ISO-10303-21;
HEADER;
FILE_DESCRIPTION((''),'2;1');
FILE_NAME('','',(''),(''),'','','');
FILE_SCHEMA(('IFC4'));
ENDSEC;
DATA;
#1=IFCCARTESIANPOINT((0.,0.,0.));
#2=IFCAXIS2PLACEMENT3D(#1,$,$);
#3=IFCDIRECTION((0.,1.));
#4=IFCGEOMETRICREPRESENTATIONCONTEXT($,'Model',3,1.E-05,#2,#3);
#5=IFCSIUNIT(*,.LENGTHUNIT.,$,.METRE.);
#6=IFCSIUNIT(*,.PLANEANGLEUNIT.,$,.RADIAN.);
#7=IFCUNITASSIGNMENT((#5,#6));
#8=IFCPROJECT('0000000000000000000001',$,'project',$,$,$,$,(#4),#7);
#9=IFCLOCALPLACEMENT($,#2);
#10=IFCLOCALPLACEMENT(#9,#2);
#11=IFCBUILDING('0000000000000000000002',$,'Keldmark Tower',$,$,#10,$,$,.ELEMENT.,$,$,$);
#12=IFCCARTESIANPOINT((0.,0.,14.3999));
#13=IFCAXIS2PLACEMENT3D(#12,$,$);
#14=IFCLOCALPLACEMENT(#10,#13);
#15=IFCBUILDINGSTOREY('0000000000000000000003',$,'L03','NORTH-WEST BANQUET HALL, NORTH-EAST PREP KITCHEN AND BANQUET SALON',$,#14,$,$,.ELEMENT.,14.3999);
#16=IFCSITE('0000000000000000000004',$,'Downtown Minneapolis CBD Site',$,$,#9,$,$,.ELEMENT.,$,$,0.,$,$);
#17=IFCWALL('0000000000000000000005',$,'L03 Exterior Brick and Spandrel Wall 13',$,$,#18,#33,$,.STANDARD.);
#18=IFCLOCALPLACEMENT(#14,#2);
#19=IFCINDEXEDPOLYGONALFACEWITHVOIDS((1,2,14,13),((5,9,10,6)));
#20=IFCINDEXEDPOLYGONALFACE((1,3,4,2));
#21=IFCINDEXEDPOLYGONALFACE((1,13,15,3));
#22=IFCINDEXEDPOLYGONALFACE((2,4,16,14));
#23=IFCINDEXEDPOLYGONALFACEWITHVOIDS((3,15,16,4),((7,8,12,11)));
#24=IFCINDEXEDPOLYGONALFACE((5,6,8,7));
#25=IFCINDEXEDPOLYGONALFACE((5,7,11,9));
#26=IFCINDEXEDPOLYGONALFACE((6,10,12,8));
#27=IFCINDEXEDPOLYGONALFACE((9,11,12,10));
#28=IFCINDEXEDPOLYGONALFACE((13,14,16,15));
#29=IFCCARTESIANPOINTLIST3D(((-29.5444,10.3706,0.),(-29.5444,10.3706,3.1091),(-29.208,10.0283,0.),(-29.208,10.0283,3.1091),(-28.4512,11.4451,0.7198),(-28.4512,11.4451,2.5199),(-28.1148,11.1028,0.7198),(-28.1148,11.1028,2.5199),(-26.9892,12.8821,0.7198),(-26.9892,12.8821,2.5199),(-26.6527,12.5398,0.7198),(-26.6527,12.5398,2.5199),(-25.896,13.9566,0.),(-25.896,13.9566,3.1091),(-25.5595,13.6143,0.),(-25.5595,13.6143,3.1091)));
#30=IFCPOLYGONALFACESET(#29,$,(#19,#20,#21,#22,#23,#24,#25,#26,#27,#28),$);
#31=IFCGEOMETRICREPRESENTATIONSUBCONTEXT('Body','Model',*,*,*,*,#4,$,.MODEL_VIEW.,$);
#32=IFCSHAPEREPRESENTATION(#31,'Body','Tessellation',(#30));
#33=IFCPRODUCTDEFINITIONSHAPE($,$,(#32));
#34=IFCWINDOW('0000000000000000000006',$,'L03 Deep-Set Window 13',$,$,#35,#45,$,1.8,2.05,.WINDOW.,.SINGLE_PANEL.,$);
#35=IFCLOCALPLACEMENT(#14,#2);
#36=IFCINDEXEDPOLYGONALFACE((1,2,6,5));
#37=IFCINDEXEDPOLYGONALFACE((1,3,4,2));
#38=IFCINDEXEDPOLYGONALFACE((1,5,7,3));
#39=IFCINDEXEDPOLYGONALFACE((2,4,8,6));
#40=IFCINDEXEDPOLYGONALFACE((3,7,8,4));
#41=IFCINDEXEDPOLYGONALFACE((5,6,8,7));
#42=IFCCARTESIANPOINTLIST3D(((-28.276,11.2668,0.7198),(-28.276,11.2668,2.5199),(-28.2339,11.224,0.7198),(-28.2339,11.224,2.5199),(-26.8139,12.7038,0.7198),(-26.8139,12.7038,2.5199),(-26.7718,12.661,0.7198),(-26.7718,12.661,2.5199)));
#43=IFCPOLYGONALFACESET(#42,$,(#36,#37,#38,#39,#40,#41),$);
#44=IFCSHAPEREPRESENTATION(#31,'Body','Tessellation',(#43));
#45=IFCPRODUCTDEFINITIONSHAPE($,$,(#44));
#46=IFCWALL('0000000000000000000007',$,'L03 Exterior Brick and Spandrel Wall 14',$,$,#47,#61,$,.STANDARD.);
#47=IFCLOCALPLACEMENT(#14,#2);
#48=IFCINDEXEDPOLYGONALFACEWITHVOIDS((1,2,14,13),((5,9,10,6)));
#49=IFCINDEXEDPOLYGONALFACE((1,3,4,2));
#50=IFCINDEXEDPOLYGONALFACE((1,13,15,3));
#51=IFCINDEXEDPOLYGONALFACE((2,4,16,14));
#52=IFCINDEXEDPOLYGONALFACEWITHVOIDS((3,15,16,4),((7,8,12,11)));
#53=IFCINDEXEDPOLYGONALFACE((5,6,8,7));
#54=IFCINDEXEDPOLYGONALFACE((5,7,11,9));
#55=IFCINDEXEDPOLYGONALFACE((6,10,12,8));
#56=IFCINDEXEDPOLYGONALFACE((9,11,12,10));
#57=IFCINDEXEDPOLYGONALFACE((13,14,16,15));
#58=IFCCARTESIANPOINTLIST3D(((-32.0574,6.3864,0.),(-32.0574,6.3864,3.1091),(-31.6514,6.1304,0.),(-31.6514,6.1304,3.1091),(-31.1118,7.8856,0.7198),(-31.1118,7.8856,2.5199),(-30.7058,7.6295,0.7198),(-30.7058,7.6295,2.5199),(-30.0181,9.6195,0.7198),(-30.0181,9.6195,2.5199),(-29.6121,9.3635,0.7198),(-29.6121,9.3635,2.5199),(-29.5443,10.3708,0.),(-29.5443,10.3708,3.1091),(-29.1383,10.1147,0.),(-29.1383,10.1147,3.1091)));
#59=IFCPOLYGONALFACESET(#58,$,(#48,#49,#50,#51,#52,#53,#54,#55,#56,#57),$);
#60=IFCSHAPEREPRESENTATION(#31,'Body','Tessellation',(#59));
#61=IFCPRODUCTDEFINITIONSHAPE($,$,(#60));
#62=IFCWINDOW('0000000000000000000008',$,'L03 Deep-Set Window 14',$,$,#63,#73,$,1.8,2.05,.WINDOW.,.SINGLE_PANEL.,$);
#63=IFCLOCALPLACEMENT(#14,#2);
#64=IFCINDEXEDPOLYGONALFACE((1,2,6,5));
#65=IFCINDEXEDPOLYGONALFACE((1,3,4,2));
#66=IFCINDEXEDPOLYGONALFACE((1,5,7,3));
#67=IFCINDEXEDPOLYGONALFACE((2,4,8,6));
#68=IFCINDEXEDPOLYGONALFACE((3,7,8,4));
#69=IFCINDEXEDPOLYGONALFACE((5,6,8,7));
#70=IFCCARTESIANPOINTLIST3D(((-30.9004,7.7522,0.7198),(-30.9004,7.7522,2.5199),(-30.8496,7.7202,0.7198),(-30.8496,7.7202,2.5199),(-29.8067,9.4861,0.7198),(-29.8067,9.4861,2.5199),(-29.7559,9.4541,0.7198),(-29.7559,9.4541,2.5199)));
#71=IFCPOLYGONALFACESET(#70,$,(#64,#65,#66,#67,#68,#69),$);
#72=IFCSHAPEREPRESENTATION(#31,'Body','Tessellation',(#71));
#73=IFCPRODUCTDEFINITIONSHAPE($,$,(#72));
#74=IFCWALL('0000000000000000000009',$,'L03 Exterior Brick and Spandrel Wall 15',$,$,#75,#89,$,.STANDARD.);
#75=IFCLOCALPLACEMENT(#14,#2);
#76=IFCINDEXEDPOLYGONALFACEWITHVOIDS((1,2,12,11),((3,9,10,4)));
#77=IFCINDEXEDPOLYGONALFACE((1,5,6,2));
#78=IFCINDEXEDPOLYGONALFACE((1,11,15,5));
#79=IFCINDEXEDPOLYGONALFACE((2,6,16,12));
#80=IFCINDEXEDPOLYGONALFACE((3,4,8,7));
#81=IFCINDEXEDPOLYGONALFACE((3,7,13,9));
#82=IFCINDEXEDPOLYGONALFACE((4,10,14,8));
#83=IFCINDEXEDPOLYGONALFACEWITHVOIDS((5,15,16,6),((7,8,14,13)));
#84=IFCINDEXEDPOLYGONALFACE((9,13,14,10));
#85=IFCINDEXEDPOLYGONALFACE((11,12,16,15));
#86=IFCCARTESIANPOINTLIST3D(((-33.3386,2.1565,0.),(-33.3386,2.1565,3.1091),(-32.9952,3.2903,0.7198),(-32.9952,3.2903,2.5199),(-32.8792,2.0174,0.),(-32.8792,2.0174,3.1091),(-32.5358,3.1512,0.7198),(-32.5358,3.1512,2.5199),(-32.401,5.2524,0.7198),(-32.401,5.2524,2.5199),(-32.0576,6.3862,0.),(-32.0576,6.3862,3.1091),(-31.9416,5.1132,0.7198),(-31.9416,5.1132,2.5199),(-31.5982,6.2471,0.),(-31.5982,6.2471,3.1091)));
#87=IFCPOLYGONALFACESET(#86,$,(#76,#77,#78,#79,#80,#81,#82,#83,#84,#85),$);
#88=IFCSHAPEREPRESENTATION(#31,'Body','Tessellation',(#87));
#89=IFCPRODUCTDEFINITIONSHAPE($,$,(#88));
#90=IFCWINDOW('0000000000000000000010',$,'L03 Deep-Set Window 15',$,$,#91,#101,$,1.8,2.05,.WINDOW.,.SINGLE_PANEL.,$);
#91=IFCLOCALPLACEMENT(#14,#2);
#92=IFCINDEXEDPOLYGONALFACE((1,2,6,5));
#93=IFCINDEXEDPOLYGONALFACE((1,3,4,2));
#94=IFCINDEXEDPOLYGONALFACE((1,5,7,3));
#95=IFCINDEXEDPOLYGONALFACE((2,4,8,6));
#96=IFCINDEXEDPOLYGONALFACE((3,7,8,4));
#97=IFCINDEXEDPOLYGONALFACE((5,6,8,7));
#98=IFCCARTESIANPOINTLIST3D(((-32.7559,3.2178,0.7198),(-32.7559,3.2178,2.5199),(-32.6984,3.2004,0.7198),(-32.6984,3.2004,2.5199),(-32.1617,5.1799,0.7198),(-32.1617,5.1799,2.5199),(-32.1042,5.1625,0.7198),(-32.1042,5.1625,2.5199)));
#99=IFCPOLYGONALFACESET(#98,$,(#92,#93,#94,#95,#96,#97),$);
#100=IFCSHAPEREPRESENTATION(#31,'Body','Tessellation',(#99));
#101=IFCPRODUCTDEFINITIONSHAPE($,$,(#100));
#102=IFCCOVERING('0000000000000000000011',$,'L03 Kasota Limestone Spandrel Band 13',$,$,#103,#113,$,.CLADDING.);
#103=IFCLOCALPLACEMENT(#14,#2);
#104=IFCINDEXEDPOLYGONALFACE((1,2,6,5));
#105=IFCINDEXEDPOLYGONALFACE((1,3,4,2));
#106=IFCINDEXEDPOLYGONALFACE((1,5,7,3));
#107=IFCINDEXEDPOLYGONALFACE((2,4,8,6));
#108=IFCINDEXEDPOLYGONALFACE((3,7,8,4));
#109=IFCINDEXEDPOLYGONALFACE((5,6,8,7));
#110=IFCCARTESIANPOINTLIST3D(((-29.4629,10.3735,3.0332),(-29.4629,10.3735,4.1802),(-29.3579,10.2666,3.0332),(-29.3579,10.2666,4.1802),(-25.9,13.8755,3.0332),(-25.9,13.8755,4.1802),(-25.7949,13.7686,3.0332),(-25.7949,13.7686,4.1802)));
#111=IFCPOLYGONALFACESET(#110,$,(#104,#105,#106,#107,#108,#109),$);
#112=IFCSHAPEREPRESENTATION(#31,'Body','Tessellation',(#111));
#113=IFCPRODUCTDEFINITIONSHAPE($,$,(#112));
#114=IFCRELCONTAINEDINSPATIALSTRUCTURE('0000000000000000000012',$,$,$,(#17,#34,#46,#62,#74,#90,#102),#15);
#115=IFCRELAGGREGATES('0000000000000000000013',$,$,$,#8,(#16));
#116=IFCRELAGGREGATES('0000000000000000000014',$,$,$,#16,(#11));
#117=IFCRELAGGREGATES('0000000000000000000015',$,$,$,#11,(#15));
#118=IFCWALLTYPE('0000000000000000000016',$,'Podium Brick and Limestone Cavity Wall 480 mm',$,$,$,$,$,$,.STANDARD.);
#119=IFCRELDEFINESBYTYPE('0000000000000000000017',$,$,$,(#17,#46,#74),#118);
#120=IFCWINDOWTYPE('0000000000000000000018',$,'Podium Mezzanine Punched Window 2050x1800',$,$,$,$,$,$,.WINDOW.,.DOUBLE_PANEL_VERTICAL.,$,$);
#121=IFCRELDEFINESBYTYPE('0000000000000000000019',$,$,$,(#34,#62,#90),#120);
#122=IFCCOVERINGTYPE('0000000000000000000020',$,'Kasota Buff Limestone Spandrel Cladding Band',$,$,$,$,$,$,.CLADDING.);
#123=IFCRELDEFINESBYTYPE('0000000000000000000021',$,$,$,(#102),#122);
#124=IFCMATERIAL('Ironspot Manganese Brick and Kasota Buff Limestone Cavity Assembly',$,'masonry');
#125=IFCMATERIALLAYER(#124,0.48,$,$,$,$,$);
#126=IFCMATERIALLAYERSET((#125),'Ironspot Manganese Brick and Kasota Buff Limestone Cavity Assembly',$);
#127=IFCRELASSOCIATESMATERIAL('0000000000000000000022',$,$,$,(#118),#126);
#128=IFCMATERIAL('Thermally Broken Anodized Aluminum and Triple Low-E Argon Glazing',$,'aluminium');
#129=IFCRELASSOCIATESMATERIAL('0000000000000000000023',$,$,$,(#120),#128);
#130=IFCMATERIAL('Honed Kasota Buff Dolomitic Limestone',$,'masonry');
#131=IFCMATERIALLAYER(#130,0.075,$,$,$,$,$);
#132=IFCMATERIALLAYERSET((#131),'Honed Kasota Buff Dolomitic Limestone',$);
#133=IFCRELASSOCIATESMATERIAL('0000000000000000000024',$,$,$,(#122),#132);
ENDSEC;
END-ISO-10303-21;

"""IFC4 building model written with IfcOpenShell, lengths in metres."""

from ifc_helpers import new_model, si_unit, direction, frame, frame_2d, origin, origin_2d, place, context, subcontext, project, spatial, rectangle, extrude, material, layer, layer_set, type_object, element, fill, save


model = new_model("IFC4")

# Units and contexts
model_context = context("Model", 3, precision=1e-05, world=origin(), true_north=direction((0.0, 1.0)))
body_context = subcontext(model_context, "Body", "Model", "MODEL_VIEW")
ifc_project = project(units=[si_unit("LENGTHUNIT", "METRE"), si_unit("PLANEANGLEUNIT", "RADIAN")], contexts=[model_context])

# Site, building, storey
site_placement = place(None, origin())
site = spatial("IfcSite", under=ifc_project, at=site_placement, Name="Downtown Minneapolis CBD Site", CompositionType="ELEMENT", RefElevation=0.0)
building_placement = place(site_placement, origin())
building = spatial("IfcBuilding", under=site, at=building_placement, Name="Keldmark Tower", CompositionType="ELEMENT")
storey_placement = place(building_placement, frame((0.0, 0.0, 14.3999)))
storey = spatial("IfcBuildingStorey", under=building, at=storey_placement, Name="L03", Description="NORTH-WEST BANQUET HALL, NORTH-EAST PREP KITCHEN AND BANQUET SALON", CompositionType="ELEMENT", Elevation=14.3999)

# Walls, openings, windows
ifc_material_1 = material(Name="Ironspot Manganese Brick and Kasota Buff Limestone Cavity Assembly", Category="masonry")
ifc_layer_1 = layer(ifc_material_1, 0.48)
ifc_layer_set_1 = layer_set([ifc_layer_1], Name="Ironspot Manganese Brick and Kasota Buff Limestone Cavity Assembly")
wall_type_1 = type_object("IfcWallType", Name="Podium Brick and Limestone Cavity Wall 480 mm", PredefinedType="STANDARD", material=ifc_layer_set_1)
ifc_material_2 = material(Name="Thermally Broken Anodized Aluminum and Triple Low-E Argon Glazing", Category="aluminium")
window_type = type_object("IfcWindowType", Name="Podium Mezzanine Punched Window 2050x1800", PartitioningType="DOUBLE_PANEL_VERTICAL", PredefinedType="WINDOW", material=ifc_material_2)
wall_1_placement = place(storey_placement, frame((-29.3762, 10.1995, 0.0), z_axis=(0.0, 0.0, 1.0), x_axis=(0.713189, 0.700972, 0.0)))
wall_1 = element("IfcWall", 1, at=wall_1_placement, inside=storey, type_object=wall_type_1, Name="L03 Exterior Brick and Spandrel Wall 13", PredefinedType="STANDARD", context=body_context, shape_type="SweptSolid", body=[
    extrude(rectangle(XDim=5.1157, YDim=0.48, at=frame_2d((2.5579, 0.0))), origin(), (0.0, 0.0, 1.0), 3.1091),
])
opening_1_placement = place(wall_1_placement, frame((1.533, 0.0, 0.72)))
opening_1 = element("IfcOpeningElement", 2, at=opening_1_placement, cuts=wall_1, PredefinedType="OPENING", context=body_context, shape_type="SweptSolid", body=[
    extrude(rectangle(XDim=2.05, YDim=1.8, at=frame_2d((1.0249, 0.8999))), frame((0.0, 0.25, 0.0), z_axis=(0.0, -1.0, 0.0), x_axis=(1.0, 0.0, 0.0)), (0.0, 0.0, 1.0), 0.5),
])
window_1_placement = place(opening_1_placement, origin())
window_1 = element("IfcWindow", 3, at=window_1_placement, inside=storey, type_object=window_type, Name="L03 Deep-Set Window 13", OverallHeight=1.8, OverallWidth=2.05, PartitioningType="SINGLE_PANEL", PredefinedType="WINDOW", context=body_context, shape_type="SweptSolid", body=[
    extrude(rectangle(XDim=2.05, YDim=1.8, at=frame_2d((1.0249, 0.8999))), frame((0.0, -0.01, 0.0), z_axis=(0.0, -1.0, 0.0), x_axis=(1.0, 0.0, 0.0)), (0.0, 0.0, 1.0), 0.0601),
])
fill(opening_1, window_1)
wall_2_placement = place(storey_placement, frame((-31.8545, 6.2583, 0.0), z_axis=(0.0, 0.0, 1.0), x_axis=(0.533498, 0.845802, 0.0)))
wall_2 = element("IfcWall", 4, at=wall_2_placement, inside=storey, type_object=wall_type_1, Name="L03 Exterior Brick and Spandrel Wall 14", PredefinedType="STANDARD", context=body_context, shape_type="SweptSolid", body=[
    extrude(rectangle(XDim=4.7107, YDim=0.48, at=frame_2d((2.3555, 0.0))), origin(), (0.0, 0.0, 1.0), 3.1091),
])
opening_2_placement = place(wall_2_placement, frame((1.7727, 0.0, 0.72)))
opening_2 = element("IfcOpeningElement", 5, at=opening_2_placement, cuts=wall_2, PredefinedType="OPENING", context=body_context, shape_type="SweptSolid", body=[
    extrude(rectangle(XDim=2.05, YDim=1.8, at=frame_2d((1.0249, 0.8999))), frame((0.0, 0.25, 0.0), z_axis=(0.0, -1.0, 0.0), x_axis=(1.0, 0.0, 0.0)), (0.0, 0.0, 1.0), 0.5),
])
window_2_placement = place(opening_2_placement, origin())
window_2 = element("IfcWindow", 6, at=window_2_placement, inside=storey, type_object=window_type, Name="L03 Deep-Set Window 14", OverallHeight=1.8, OverallWidth=2.05, PartitioningType="SINGLE_PANEL", PredefinedType="WINDOW", context=body_context, shape_type="SweptSolid", body=[
    extrude(rectangle(XDim=2.05, YDim=1.8, at=frame_2d((1.0249, 0.8999))), frame((0.0, -0.01, 0.0), z_axis=(0.0, -1.0, 0.0), x_axis=(1.0, 0.0, 0.0)), (0.0, 0.0, 1.0), 0.0601),
])
fill(opening_2, window_2)
wall_3_placement = place(storey_placement, frame((-33.1089, 2.0869, 0.0), z_axis=(0.0, 0.0, 1.0), x_axis=(0.289856, 0.95707, 0.0)))
wall_3 = element("IfcWall", 7, at=wall_3_placement, inside=storey, type_object=wall_type_1, Name="L03 Exterior Brick and Spandrel Wall 15", PredefinedType="STANDARD", context=body_context, shape_type="SweptSolid", body=[
    extrude(rectangle(XDim=4.4194, YDim=0.48, at=frame_2d((2.2097, 0.0))), origin(), (0.0, 0.0, 1.0), 3.1091),
])
opening_3_placement = place(wall_3_placement, frame((1.1848, 0.0, 0.72)))
opening_3 = element("IfcOpeningElement", 8, at=opening_3_placement, cuts=wall_3, PredefinedType="OPENING", context=body_context, shape_type="SweptSolid", body=[
    extrude(rectangle(XDim=2.05, YDim=1.8, at=frame_2d((1.0249, 0.8999))), frame((0.0, 0.25, 0.0), z_axis=(0.0, -1.0, 0.0), x_axis=(1.0, 0.0, 0.0)), (0.0, 0.0, 1.0), 0.5),
])
window_3_placement = place(opening_3_placement, origin())
window_3 = element("IfcWindow", 9, at=window_3_placement, inside=storey, type_object=window_type, Name="L03 Deep-Set Window 15", OverallHeight=1.8, OverallWidth=2.05, PartitioningType="SINGLE_PANEL", PredefinedType="WINDOW", context=body_context, shape_type="SweptSolid", body=[
    extrude(rectangle(XDim=2.05, YDim=1.8, at=frame_2d((1.0249, 0.8999))), frame((0.0, -0.01, 0.0), z_axis=(0.0, -1.0, 0.0), x_axis=(1.0, 0.0, 0.0)), (0.0, 0.0, 1.0), 0.0601),
])
fill(opening_3, window_3)

# Covering
ifc_material_3 = material(Name="Honed Kasota Buff Dolomitic Limestone", Category="masonry")
ifc_layer_2 = layer(ifc_material_3, 0.075)
ifc_layer_set_2 = layer_set([ifc_layer_2], Name="Honed Kasota Buff Dolomitic Limestone")
covering_type = type_object("IfcCoveringType", Name="Kasota Buff Limestone Spandrel Cladding Band", PredefinedType="CLADDING", material=ifc_layer_set_2)
covering_placement = place(storey_placement, frame((-27.6289, 12.071, 3.0332), z_axis=(0.0, 0.0, 1.0), x_axis=(-0.713189, -0.700972, 0.0)))
element("IfcCovering", 10, at=covering_placement, inside=storey, type_object=covering_type, Name="L03 Kasota Limestone Spandrel Band 13", PredefinedType="CLADDING", context=body_context, shape_type="SweptSolid", body=[
    extrude(rectangle(XDim=4.9958, YDim=0.1499, at=origin_2d()), origin(), (0.0, 0.0, 1.0), 1.147),
])

save(model, "model.ifc")
